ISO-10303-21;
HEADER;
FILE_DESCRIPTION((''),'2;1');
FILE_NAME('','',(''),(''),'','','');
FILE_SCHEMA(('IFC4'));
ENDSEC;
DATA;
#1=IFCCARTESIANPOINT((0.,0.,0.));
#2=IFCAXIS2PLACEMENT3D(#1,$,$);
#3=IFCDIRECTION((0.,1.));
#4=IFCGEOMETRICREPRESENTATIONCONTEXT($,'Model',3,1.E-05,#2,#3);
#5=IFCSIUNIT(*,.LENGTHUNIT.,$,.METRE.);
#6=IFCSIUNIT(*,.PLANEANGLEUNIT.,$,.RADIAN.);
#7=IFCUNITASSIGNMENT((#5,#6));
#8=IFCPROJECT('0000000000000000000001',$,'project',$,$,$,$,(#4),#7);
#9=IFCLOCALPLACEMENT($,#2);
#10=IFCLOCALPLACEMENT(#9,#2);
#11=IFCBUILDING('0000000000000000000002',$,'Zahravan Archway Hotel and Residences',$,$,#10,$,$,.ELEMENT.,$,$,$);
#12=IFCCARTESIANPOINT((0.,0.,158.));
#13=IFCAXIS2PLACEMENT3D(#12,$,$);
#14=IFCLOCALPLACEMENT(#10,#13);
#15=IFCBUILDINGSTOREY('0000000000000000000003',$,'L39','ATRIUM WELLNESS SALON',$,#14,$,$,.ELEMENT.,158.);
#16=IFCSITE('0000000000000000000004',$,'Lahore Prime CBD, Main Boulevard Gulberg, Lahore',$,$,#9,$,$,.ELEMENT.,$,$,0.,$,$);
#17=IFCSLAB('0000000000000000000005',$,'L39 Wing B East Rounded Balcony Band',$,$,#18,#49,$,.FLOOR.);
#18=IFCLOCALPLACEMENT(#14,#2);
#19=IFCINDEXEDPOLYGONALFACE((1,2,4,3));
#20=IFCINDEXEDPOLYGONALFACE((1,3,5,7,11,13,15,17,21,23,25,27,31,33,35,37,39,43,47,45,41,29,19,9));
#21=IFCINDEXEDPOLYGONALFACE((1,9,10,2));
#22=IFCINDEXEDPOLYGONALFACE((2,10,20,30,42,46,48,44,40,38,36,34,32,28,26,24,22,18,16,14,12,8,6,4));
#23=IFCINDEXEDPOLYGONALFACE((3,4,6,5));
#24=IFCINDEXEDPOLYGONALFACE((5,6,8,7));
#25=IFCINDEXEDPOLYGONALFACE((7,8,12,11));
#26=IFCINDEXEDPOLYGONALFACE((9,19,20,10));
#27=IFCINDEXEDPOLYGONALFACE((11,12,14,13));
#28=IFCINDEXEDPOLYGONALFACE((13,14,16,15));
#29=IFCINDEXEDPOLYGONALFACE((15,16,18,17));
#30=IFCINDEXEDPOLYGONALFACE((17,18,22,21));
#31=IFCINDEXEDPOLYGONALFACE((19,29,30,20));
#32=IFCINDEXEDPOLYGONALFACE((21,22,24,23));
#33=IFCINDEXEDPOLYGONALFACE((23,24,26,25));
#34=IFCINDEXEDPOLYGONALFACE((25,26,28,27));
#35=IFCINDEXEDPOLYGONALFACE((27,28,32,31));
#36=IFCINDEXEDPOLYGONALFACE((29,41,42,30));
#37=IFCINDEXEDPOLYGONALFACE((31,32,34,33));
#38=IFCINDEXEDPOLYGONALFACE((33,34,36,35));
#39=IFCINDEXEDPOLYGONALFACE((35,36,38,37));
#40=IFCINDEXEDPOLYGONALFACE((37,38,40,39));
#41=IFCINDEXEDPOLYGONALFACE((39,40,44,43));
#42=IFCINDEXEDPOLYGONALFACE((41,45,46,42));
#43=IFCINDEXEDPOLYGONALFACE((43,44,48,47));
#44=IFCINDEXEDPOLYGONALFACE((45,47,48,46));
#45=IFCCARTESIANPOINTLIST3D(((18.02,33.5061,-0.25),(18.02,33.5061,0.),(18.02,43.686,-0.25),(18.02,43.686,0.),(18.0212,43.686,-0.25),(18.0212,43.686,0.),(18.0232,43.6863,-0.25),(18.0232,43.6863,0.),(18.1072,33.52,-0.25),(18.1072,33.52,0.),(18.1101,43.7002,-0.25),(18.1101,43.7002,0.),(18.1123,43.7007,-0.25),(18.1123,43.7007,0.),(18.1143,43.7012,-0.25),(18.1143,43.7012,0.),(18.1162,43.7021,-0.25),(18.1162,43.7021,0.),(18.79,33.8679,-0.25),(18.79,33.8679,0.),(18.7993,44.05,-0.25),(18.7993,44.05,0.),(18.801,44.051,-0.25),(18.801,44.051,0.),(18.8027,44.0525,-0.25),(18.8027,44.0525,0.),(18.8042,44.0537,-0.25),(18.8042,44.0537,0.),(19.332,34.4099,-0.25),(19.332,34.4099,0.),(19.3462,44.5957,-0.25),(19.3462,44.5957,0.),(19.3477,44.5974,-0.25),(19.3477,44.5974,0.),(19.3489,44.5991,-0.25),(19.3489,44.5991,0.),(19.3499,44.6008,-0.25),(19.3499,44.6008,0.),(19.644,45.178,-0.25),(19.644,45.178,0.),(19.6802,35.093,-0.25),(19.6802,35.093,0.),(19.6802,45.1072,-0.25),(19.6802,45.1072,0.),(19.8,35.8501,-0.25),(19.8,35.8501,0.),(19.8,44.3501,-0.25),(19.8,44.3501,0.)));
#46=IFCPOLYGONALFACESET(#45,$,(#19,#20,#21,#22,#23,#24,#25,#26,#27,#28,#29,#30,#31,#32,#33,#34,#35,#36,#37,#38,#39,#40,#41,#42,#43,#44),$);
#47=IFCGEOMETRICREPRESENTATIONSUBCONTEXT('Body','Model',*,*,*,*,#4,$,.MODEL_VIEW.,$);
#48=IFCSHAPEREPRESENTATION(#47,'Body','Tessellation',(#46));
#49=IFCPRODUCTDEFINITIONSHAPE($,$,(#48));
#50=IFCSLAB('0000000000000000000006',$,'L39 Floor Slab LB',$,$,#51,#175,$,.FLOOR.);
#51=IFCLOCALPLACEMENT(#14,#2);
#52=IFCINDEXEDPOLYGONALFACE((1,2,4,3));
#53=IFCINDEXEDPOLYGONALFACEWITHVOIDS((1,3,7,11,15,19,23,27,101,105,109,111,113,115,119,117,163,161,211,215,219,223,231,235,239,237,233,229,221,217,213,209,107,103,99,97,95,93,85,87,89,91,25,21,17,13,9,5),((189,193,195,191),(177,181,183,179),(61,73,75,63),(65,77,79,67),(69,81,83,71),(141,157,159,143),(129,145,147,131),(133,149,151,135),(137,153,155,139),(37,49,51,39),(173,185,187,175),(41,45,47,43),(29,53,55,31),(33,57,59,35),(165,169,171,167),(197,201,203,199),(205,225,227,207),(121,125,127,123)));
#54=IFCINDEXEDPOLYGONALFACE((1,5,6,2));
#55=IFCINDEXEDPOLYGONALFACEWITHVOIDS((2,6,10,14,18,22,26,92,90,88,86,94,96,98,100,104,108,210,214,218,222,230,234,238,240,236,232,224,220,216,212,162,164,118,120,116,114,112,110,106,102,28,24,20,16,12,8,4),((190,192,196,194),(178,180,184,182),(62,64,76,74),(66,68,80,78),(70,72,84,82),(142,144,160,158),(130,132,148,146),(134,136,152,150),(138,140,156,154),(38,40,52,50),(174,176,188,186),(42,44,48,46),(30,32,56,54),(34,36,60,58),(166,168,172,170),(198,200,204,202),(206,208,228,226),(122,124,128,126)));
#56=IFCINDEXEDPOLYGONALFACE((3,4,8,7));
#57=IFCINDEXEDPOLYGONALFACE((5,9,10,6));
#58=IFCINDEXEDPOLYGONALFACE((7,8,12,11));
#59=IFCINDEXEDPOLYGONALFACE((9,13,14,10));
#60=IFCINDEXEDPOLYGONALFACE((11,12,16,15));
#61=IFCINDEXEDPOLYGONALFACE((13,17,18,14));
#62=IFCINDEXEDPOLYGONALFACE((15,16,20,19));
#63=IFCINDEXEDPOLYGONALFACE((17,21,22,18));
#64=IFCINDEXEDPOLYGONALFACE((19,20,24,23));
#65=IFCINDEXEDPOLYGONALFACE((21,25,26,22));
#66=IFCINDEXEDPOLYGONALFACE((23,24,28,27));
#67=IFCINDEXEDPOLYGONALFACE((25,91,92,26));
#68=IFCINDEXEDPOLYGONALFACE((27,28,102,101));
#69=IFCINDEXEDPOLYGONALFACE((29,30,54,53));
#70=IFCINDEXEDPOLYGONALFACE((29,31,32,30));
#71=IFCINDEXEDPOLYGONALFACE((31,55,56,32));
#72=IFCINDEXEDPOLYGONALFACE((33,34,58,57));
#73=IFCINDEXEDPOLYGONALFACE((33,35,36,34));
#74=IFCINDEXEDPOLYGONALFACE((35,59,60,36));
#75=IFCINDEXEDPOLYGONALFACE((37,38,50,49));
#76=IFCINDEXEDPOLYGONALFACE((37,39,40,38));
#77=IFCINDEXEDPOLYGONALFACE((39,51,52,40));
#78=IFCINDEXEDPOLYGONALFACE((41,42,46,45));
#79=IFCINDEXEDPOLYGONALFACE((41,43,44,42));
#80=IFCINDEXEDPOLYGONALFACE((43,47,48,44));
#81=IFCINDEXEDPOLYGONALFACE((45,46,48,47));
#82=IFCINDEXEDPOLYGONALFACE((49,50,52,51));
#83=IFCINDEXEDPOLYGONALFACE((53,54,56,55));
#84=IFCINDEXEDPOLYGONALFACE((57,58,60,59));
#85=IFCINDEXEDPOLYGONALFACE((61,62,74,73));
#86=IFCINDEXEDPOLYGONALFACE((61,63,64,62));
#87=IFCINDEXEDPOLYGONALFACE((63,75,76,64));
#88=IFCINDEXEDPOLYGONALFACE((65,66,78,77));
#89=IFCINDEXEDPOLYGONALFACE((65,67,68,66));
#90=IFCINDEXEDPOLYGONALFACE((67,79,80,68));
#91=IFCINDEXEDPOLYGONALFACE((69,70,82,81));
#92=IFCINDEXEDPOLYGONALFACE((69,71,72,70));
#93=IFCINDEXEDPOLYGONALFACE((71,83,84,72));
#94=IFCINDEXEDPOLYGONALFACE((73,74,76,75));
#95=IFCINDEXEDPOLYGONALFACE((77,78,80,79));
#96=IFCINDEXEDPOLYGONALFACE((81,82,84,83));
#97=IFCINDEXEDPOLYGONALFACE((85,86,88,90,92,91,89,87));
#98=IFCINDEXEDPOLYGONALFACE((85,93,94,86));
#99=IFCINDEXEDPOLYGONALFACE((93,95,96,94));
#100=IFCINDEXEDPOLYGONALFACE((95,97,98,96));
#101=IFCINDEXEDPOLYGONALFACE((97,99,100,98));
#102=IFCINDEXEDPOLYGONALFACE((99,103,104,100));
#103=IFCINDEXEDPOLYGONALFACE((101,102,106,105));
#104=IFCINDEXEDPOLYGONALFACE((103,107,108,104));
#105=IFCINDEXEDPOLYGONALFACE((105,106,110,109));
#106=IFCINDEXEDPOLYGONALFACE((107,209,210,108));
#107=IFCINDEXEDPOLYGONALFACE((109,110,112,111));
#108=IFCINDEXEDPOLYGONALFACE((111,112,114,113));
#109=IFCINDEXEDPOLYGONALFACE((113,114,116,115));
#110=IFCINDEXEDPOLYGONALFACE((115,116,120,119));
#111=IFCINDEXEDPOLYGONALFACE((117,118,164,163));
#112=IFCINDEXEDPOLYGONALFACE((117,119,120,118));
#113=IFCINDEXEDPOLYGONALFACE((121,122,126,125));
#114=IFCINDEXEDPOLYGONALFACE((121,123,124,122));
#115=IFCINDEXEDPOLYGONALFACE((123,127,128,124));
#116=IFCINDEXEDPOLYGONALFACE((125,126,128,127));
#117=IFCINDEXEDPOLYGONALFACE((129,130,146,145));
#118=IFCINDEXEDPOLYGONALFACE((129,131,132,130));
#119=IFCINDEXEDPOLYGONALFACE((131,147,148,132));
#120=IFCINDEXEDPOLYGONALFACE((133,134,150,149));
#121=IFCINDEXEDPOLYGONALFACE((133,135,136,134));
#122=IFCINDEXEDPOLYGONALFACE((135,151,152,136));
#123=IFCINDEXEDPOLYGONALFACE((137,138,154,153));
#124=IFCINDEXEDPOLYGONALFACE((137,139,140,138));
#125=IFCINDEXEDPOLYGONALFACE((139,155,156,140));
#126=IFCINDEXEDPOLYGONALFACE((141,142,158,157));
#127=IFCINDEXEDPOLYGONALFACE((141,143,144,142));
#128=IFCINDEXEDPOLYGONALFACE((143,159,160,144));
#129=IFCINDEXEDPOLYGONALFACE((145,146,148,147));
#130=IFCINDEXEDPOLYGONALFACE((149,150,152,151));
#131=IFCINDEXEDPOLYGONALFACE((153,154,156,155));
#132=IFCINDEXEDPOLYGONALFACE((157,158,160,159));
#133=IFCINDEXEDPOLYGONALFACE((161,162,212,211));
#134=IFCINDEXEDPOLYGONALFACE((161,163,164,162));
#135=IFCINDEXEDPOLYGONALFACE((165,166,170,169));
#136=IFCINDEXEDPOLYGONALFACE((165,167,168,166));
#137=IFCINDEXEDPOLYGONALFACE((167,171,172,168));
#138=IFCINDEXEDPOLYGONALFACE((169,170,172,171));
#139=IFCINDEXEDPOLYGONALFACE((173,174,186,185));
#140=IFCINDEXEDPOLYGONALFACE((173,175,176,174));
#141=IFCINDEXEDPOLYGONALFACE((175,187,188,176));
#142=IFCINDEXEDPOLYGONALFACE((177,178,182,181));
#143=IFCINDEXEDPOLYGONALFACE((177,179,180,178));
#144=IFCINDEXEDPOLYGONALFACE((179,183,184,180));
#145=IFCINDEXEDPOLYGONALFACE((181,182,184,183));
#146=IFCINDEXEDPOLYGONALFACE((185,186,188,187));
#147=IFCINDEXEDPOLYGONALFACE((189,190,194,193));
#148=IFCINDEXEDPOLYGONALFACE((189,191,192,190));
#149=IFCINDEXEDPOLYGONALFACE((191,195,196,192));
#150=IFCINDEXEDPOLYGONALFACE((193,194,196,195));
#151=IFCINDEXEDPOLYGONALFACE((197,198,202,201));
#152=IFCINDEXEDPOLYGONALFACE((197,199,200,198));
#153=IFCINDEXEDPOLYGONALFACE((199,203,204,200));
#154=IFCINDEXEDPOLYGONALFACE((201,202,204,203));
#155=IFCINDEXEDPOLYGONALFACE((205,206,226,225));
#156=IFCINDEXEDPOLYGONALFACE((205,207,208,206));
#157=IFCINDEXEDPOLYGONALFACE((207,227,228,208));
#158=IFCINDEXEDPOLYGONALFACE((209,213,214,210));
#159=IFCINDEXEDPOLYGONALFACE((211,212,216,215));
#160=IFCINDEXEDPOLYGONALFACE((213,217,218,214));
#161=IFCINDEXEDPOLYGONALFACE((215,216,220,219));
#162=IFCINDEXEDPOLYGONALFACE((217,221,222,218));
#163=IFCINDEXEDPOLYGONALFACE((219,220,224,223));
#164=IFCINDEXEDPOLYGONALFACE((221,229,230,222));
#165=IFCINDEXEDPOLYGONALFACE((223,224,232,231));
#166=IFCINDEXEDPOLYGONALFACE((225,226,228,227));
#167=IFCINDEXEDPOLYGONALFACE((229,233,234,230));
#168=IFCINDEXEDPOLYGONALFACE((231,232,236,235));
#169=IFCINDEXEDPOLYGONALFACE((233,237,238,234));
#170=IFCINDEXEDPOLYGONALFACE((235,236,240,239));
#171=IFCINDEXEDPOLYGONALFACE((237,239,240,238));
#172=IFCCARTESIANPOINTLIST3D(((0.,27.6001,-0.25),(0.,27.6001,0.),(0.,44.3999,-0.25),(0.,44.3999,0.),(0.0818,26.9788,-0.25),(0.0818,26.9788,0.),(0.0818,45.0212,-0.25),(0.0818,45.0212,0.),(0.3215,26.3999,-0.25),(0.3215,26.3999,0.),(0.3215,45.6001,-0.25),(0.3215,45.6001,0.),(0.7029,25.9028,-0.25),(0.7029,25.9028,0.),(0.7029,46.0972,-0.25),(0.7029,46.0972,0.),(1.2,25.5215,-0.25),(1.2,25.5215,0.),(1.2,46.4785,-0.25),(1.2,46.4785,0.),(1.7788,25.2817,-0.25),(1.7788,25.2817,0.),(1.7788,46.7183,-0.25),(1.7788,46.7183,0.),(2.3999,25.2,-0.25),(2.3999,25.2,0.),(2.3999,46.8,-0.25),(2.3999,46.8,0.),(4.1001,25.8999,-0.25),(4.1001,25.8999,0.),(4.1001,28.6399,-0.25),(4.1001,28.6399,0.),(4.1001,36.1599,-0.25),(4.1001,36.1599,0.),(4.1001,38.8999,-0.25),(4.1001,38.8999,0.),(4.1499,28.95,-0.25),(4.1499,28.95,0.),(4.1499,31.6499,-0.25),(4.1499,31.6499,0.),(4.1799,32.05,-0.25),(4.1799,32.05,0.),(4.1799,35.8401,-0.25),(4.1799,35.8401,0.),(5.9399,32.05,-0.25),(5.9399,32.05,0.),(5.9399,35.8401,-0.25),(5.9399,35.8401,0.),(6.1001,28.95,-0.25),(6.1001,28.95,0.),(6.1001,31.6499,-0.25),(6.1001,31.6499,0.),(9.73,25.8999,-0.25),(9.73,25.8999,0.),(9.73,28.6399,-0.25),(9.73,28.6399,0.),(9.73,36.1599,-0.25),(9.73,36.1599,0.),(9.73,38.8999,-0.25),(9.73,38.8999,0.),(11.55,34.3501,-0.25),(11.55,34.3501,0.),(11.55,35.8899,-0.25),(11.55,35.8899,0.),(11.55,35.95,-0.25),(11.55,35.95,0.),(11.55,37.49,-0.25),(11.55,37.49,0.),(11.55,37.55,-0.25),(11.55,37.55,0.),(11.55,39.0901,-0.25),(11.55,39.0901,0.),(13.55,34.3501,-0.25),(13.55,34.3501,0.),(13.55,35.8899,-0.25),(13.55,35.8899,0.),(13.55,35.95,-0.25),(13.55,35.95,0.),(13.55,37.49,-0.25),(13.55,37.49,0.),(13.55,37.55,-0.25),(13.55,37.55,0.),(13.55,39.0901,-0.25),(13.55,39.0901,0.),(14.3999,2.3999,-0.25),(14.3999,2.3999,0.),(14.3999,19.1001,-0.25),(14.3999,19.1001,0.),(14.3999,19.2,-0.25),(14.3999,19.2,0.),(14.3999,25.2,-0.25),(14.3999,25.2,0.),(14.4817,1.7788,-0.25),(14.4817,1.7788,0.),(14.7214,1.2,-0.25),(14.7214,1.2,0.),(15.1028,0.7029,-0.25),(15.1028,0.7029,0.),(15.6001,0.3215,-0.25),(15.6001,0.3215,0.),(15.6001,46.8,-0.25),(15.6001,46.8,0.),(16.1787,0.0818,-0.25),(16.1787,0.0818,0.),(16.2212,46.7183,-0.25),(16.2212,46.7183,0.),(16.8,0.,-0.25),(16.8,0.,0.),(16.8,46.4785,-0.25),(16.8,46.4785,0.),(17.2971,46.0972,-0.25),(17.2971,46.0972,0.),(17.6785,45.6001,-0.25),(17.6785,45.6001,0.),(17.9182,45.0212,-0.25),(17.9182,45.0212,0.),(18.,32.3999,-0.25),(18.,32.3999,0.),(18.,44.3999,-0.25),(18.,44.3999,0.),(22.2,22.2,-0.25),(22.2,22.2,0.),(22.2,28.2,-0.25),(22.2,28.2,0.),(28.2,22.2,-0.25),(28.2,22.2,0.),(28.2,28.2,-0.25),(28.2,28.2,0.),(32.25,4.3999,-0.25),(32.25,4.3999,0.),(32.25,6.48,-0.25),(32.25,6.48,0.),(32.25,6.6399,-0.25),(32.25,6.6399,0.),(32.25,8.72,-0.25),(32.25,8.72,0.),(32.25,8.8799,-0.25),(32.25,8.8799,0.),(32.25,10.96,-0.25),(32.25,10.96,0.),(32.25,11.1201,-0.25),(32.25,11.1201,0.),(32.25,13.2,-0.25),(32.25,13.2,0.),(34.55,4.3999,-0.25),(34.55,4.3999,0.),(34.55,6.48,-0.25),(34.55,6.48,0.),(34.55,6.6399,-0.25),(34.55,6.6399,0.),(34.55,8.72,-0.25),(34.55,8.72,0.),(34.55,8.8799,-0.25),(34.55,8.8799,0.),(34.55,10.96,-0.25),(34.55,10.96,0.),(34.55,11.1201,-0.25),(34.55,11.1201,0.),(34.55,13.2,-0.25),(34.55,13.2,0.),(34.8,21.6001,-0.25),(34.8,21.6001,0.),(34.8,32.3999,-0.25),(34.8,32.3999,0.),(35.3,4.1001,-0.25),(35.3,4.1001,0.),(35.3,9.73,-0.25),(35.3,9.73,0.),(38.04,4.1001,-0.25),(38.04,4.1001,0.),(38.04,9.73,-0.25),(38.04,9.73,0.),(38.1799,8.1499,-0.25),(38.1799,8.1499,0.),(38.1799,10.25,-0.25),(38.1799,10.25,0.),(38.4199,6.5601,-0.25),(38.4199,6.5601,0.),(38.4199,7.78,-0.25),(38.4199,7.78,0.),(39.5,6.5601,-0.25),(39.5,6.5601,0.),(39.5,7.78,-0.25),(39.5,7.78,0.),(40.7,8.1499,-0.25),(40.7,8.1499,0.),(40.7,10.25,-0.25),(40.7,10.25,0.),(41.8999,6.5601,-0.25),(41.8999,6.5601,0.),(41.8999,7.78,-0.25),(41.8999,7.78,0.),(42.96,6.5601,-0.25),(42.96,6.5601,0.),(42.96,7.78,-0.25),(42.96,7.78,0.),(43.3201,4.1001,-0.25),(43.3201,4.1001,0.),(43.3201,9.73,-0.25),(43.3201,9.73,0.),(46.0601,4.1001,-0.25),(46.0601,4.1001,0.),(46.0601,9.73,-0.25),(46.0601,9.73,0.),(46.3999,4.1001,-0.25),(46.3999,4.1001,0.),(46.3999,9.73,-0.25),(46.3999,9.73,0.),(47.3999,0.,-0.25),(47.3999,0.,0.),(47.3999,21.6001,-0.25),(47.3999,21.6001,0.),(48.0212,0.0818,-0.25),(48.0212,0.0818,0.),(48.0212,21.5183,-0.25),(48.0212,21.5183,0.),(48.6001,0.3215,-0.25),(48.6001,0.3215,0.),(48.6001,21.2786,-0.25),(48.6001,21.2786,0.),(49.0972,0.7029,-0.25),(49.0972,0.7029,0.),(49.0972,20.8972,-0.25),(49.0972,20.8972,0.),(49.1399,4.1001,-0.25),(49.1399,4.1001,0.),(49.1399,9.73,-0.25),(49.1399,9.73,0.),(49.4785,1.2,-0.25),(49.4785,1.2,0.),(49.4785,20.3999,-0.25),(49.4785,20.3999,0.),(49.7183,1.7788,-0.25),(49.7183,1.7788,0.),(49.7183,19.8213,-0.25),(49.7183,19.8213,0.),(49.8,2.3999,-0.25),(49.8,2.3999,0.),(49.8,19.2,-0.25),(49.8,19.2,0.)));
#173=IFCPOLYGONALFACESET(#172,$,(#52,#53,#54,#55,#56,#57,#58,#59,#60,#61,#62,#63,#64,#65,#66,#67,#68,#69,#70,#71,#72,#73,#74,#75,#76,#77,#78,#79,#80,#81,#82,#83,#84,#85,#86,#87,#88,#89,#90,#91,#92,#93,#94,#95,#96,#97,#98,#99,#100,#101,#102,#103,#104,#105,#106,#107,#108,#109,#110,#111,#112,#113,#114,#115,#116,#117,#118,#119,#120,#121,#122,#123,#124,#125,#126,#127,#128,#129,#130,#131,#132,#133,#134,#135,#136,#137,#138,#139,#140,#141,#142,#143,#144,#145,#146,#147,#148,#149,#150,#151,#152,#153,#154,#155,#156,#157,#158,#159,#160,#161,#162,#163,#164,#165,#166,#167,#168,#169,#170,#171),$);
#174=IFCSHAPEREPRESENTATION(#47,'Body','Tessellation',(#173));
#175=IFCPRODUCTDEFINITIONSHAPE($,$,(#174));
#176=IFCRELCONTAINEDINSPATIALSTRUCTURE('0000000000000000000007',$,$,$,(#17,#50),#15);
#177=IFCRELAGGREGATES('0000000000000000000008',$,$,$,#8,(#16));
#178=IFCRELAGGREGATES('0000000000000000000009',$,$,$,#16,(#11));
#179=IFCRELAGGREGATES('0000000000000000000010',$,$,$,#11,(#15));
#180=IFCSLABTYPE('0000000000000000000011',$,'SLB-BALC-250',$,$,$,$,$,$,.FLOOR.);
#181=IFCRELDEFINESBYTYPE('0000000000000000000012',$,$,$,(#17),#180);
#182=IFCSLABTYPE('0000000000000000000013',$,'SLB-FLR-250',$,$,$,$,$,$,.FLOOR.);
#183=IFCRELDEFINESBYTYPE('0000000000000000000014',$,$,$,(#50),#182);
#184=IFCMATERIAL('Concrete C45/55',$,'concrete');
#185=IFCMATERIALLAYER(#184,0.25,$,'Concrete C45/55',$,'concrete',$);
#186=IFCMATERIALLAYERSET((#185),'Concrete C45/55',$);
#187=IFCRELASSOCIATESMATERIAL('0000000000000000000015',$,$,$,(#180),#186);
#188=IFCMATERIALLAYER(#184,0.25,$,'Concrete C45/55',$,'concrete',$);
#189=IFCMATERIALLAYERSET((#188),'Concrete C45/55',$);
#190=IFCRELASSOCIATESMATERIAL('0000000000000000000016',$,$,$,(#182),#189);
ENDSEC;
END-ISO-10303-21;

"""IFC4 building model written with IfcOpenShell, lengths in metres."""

from ifc_helpers import new_model, si_unit, direction, frame, origin, place, context, subcontext, project, spatial, polyline, outline, extrude, material, layer, layer_set, type_object, element, save


model = new_model("IFC4")

# Units and contexts
model_context = context("Model", 3, precision=1e-05, world=origin(), true_north=direction((0.0, 1.0)))
body_context = subcontext(model_context, "Body", "Model", "MODEL_VIEW")
ifc_project = project(units=[si_unit("LENGTHUNIT", "METRE"), si_unit("PLANEANGLEUNIT", "RADIAN")], contexts=[model_context])

# Site, building, storey
site_placement = place(None, origin())
site = spatial("IfcSite", under=ifc_project, at=site_placement, Name="Lahore Prime CBD, Main Boulevard Gulberg, Lahore", CompositionType="ELEMENT", RefElevation=0.0)
building_placement = place(site_placement, origin())
building = spatial("IfcBuilding", under=site, at=building_placement, Name="Zahravan Archway Hotel and Residences", CompositionType="ELEMENT")
storey_placement = place(building_placement, frame((0.0, 0.0, 158.0)))
storey = spatial("IfcBuildingStorey", under=building, at=storey_placement, Name="L39", Description="ATRIUM WELLNESS SALON", CompositionType="ELEMENT", Elevation=158.0)

# Slabs
ifc_material_1 = material(Name="Concrete C45/55", Category="concrete")
ifc_layer_1 = layer(ifc_material_1, 0.25, Name="Concrete C45/55", Category="concrete")
ifc_layer_set_1 = layer_set([ifc_layer_1], Name="Concrete C45/55")
slab_type_1 = type_object("IfcSlabType", Name="SLB-BALC-250", PredefinedType="FLOOR", material=ifc_layer_set_1)
slab_1_placement = place(storey_placement, frame((0.0, 0.0, -0.25)))
element("IfcSlab", 1, at=slab_1_placement, inside=storey, type_object=slab_type_1, Name="L39 Wing B East Rounded Balcony Band", PredefinedType="FLOOR", context=body_context, shape_type="SweptSolid", body=[
    extrude(outline(polyline([(19.6802, 45.1072), (19.8, 44.3501), (19.8, 35.8501), (19.6802, 35.093), (19.332, 34.4099), (18.79, 33.8679), (18.1072, 33.52), (18.02, 33.5061), (18.02, 43.686), (18.0212, 43.686), (18.0232, 43.6863), (18.1101, 43.7002), (18.1123, 43.7007), (18.1143, 43.7012), (18.1162, 43.7021), (18.7993, 44.05), (18.801, 44.051), (18.8027, 44.0525), (18.8042, 44.0537), (19.3462, 44.5957), (19.3477, 44.5974), (19.3489, 44.5991), (19.3499, 44.6008), (19.644, 45.178), (19.6802, 45.1072)])), origin(), (0.0, 0.0, 1.0), 0.25),
])
ifc_layer_2 = layer(ifc_material_1, 0.25, Name="Concrete C45/55", Category="concrete")
ifc_layer_set_2 = layer_set([ifc_layer_2], Name="Concrete C45/55")
slab_type_2 = type_object("IfcSlabType", Name="SLB-FLR-250", PredefinedType="FLOOR", material=ifc_layer_set_2)
slab_2_placement = place(storey_placement, frame((0.0, 0.0, -0.25)))
element("IfcSlab", 2, at=slab_2_placement, inside=storey, type_object=slab_type_2, Name="L39 Floor Slab LB", PredefinedType="FLOOR", context=body_context, shape_type="SweptSolid", body=[
    extrude(outline(polyline([(34.8, 21.6001), (34.8, 32.3999), (18.0, 32.3999), (18.0, 44.3999), (17.9182, 45.0212), (17.6785, 45.6001), (17.2971, 46.0972), (16.8, 46.4785), (16.2212, 46.7183), (15.6001, 46.8), (2.3999, 46.8), (1.7788, 46.7183), (1.2, 46.4785), (0.7029, 46.0972), (0.3215, 45.6001), (0.0818, 45.0212), (0.0, 44.3999), (0.0, 27.6001), (0.0818, 26.9788), (0.3215, 26.3999), (0.7029, 25.9028), (1.2, 25.5215), (1.7788, 25.2817), (2.3999, 25.2), (14.3999, 25.2), (14.3999, 19.2), (14.3999, 19.1001), (14.3999, 2.3999), (14.4817, 1.7788), (14.7214, 1.2), (15.1028, 0.7029), (15.6001, 0.3215), (16.1787, 0.0818), (16.8, 0.0), (47.3999, 0.0), (48.0212, 0.0818), (48.6001, 0.3215), (49.0972, 0.7029), (49.4785, 1.2), (49.7183, 1.7788), (49.8, 2.3999), (49.8, 19.2), (49.7183, 19.8213), (49.4785, 20.3999), (49.0972, 20.8972), (48.6001, 21.2786), (48.0212, 21.5183), (47.3999, 21.6001), (34.8, 21.6001)]), holes=[polyline([(35.3, 9.73), (35.3, 4.1001), (38.04, 4.1001), (38.04, 9.73), (35.3, 9.73)]), polyline([(43.3201, 9.73), (43.3201, 4.1001), (46.0601, 4.1001), (46.0601, 9.73), (43.3201, 9.73)]), polyline([(46.3999, 9.73), (46.3999, 4.1001), (49.1399, 4.1001), (49.1399, 9.73), (46.3999, 9.73)]), polyline([(9.73, 28.6399), (4.1001, 28.6399), (4.1001, 25.8999), (9.73, 25.8999), (9.73, 28.6399)]), polyline([(9.73, 38.8999), (4.1001, 38.8999), (4.1001, 36.1599), (9.73, 36.1599), (9.73, 38.8999)]), polyline([(38.1799, 8.1499), (40.7, 8.1499), (40.7, 10.25), (38.1799, 10.25), (38.1799, 8.1499)]), polyline([(4.1499, 28.95), (6.1001, 28.95), (6.1001, 31.6499), (4.1499, 31.6499), (4.1499, 28.95)]), polyline([(11.55, 34.3501), (13.55, 34.3501), (13.55, 35.8899), (11.55, 35.8899), (11.55, 34.3501)]), polyline([(11.55, 35.95), (13.55, 35.95), (13.55, 37.49), (11.55, 37.49), (11.55, 35.95)]), polyline([(11.55, 37.55), (13.55, 37.55), (13.55, 39.0901), (11.55, 39.0901), (11.55, 37.55)]), polyline([(32.25, 4.3999), (34.55, 4.3999), (34.55, 6.48), (32.25, 6.48), (32.25, 4.3999)]), polyline([(32.25, 6.6399), (34.55, 6.6399), (34.55, 8.72), (32.25, 8.72), (32.25, 6.6399)]), polyline([(32.25, 8.8799), (34.55, 8.8799), (34.55, 10.96), (32.25, 10.96), (32.25, 8.8799)]), polyline([(32.25, 11.1201), (34.55, 11.1201), (34.55, 13.2), (32.25, 13.2), (32.25, 11.1201)]), polyline([(22.2, 22.2), (28.2, 22.2), (28.2, 28.2), (22.2, 28.2), (22.2, 22.2)]), polyline([(38.4199, 6.5601), (39.5, 6.5601), (39.5, 7.78), (38.4199, 7.78), (38.4199, 6.5601)]), polyline([(41.8999, 6.5601), (42.96, 6.5601), (42.96, 7.78), (41.8999, 7.78), (41.8999, 6.5601)]), polyline([(4.1799, 32.05), (5.9399, 32.05), (5.9399, 35.8401), (4.1799, 35.8401), (4.1799, 32.05)])]), origin(), (0.0, 0.0, 1.0), 0.25),
])

save(model, "model.ifc")
